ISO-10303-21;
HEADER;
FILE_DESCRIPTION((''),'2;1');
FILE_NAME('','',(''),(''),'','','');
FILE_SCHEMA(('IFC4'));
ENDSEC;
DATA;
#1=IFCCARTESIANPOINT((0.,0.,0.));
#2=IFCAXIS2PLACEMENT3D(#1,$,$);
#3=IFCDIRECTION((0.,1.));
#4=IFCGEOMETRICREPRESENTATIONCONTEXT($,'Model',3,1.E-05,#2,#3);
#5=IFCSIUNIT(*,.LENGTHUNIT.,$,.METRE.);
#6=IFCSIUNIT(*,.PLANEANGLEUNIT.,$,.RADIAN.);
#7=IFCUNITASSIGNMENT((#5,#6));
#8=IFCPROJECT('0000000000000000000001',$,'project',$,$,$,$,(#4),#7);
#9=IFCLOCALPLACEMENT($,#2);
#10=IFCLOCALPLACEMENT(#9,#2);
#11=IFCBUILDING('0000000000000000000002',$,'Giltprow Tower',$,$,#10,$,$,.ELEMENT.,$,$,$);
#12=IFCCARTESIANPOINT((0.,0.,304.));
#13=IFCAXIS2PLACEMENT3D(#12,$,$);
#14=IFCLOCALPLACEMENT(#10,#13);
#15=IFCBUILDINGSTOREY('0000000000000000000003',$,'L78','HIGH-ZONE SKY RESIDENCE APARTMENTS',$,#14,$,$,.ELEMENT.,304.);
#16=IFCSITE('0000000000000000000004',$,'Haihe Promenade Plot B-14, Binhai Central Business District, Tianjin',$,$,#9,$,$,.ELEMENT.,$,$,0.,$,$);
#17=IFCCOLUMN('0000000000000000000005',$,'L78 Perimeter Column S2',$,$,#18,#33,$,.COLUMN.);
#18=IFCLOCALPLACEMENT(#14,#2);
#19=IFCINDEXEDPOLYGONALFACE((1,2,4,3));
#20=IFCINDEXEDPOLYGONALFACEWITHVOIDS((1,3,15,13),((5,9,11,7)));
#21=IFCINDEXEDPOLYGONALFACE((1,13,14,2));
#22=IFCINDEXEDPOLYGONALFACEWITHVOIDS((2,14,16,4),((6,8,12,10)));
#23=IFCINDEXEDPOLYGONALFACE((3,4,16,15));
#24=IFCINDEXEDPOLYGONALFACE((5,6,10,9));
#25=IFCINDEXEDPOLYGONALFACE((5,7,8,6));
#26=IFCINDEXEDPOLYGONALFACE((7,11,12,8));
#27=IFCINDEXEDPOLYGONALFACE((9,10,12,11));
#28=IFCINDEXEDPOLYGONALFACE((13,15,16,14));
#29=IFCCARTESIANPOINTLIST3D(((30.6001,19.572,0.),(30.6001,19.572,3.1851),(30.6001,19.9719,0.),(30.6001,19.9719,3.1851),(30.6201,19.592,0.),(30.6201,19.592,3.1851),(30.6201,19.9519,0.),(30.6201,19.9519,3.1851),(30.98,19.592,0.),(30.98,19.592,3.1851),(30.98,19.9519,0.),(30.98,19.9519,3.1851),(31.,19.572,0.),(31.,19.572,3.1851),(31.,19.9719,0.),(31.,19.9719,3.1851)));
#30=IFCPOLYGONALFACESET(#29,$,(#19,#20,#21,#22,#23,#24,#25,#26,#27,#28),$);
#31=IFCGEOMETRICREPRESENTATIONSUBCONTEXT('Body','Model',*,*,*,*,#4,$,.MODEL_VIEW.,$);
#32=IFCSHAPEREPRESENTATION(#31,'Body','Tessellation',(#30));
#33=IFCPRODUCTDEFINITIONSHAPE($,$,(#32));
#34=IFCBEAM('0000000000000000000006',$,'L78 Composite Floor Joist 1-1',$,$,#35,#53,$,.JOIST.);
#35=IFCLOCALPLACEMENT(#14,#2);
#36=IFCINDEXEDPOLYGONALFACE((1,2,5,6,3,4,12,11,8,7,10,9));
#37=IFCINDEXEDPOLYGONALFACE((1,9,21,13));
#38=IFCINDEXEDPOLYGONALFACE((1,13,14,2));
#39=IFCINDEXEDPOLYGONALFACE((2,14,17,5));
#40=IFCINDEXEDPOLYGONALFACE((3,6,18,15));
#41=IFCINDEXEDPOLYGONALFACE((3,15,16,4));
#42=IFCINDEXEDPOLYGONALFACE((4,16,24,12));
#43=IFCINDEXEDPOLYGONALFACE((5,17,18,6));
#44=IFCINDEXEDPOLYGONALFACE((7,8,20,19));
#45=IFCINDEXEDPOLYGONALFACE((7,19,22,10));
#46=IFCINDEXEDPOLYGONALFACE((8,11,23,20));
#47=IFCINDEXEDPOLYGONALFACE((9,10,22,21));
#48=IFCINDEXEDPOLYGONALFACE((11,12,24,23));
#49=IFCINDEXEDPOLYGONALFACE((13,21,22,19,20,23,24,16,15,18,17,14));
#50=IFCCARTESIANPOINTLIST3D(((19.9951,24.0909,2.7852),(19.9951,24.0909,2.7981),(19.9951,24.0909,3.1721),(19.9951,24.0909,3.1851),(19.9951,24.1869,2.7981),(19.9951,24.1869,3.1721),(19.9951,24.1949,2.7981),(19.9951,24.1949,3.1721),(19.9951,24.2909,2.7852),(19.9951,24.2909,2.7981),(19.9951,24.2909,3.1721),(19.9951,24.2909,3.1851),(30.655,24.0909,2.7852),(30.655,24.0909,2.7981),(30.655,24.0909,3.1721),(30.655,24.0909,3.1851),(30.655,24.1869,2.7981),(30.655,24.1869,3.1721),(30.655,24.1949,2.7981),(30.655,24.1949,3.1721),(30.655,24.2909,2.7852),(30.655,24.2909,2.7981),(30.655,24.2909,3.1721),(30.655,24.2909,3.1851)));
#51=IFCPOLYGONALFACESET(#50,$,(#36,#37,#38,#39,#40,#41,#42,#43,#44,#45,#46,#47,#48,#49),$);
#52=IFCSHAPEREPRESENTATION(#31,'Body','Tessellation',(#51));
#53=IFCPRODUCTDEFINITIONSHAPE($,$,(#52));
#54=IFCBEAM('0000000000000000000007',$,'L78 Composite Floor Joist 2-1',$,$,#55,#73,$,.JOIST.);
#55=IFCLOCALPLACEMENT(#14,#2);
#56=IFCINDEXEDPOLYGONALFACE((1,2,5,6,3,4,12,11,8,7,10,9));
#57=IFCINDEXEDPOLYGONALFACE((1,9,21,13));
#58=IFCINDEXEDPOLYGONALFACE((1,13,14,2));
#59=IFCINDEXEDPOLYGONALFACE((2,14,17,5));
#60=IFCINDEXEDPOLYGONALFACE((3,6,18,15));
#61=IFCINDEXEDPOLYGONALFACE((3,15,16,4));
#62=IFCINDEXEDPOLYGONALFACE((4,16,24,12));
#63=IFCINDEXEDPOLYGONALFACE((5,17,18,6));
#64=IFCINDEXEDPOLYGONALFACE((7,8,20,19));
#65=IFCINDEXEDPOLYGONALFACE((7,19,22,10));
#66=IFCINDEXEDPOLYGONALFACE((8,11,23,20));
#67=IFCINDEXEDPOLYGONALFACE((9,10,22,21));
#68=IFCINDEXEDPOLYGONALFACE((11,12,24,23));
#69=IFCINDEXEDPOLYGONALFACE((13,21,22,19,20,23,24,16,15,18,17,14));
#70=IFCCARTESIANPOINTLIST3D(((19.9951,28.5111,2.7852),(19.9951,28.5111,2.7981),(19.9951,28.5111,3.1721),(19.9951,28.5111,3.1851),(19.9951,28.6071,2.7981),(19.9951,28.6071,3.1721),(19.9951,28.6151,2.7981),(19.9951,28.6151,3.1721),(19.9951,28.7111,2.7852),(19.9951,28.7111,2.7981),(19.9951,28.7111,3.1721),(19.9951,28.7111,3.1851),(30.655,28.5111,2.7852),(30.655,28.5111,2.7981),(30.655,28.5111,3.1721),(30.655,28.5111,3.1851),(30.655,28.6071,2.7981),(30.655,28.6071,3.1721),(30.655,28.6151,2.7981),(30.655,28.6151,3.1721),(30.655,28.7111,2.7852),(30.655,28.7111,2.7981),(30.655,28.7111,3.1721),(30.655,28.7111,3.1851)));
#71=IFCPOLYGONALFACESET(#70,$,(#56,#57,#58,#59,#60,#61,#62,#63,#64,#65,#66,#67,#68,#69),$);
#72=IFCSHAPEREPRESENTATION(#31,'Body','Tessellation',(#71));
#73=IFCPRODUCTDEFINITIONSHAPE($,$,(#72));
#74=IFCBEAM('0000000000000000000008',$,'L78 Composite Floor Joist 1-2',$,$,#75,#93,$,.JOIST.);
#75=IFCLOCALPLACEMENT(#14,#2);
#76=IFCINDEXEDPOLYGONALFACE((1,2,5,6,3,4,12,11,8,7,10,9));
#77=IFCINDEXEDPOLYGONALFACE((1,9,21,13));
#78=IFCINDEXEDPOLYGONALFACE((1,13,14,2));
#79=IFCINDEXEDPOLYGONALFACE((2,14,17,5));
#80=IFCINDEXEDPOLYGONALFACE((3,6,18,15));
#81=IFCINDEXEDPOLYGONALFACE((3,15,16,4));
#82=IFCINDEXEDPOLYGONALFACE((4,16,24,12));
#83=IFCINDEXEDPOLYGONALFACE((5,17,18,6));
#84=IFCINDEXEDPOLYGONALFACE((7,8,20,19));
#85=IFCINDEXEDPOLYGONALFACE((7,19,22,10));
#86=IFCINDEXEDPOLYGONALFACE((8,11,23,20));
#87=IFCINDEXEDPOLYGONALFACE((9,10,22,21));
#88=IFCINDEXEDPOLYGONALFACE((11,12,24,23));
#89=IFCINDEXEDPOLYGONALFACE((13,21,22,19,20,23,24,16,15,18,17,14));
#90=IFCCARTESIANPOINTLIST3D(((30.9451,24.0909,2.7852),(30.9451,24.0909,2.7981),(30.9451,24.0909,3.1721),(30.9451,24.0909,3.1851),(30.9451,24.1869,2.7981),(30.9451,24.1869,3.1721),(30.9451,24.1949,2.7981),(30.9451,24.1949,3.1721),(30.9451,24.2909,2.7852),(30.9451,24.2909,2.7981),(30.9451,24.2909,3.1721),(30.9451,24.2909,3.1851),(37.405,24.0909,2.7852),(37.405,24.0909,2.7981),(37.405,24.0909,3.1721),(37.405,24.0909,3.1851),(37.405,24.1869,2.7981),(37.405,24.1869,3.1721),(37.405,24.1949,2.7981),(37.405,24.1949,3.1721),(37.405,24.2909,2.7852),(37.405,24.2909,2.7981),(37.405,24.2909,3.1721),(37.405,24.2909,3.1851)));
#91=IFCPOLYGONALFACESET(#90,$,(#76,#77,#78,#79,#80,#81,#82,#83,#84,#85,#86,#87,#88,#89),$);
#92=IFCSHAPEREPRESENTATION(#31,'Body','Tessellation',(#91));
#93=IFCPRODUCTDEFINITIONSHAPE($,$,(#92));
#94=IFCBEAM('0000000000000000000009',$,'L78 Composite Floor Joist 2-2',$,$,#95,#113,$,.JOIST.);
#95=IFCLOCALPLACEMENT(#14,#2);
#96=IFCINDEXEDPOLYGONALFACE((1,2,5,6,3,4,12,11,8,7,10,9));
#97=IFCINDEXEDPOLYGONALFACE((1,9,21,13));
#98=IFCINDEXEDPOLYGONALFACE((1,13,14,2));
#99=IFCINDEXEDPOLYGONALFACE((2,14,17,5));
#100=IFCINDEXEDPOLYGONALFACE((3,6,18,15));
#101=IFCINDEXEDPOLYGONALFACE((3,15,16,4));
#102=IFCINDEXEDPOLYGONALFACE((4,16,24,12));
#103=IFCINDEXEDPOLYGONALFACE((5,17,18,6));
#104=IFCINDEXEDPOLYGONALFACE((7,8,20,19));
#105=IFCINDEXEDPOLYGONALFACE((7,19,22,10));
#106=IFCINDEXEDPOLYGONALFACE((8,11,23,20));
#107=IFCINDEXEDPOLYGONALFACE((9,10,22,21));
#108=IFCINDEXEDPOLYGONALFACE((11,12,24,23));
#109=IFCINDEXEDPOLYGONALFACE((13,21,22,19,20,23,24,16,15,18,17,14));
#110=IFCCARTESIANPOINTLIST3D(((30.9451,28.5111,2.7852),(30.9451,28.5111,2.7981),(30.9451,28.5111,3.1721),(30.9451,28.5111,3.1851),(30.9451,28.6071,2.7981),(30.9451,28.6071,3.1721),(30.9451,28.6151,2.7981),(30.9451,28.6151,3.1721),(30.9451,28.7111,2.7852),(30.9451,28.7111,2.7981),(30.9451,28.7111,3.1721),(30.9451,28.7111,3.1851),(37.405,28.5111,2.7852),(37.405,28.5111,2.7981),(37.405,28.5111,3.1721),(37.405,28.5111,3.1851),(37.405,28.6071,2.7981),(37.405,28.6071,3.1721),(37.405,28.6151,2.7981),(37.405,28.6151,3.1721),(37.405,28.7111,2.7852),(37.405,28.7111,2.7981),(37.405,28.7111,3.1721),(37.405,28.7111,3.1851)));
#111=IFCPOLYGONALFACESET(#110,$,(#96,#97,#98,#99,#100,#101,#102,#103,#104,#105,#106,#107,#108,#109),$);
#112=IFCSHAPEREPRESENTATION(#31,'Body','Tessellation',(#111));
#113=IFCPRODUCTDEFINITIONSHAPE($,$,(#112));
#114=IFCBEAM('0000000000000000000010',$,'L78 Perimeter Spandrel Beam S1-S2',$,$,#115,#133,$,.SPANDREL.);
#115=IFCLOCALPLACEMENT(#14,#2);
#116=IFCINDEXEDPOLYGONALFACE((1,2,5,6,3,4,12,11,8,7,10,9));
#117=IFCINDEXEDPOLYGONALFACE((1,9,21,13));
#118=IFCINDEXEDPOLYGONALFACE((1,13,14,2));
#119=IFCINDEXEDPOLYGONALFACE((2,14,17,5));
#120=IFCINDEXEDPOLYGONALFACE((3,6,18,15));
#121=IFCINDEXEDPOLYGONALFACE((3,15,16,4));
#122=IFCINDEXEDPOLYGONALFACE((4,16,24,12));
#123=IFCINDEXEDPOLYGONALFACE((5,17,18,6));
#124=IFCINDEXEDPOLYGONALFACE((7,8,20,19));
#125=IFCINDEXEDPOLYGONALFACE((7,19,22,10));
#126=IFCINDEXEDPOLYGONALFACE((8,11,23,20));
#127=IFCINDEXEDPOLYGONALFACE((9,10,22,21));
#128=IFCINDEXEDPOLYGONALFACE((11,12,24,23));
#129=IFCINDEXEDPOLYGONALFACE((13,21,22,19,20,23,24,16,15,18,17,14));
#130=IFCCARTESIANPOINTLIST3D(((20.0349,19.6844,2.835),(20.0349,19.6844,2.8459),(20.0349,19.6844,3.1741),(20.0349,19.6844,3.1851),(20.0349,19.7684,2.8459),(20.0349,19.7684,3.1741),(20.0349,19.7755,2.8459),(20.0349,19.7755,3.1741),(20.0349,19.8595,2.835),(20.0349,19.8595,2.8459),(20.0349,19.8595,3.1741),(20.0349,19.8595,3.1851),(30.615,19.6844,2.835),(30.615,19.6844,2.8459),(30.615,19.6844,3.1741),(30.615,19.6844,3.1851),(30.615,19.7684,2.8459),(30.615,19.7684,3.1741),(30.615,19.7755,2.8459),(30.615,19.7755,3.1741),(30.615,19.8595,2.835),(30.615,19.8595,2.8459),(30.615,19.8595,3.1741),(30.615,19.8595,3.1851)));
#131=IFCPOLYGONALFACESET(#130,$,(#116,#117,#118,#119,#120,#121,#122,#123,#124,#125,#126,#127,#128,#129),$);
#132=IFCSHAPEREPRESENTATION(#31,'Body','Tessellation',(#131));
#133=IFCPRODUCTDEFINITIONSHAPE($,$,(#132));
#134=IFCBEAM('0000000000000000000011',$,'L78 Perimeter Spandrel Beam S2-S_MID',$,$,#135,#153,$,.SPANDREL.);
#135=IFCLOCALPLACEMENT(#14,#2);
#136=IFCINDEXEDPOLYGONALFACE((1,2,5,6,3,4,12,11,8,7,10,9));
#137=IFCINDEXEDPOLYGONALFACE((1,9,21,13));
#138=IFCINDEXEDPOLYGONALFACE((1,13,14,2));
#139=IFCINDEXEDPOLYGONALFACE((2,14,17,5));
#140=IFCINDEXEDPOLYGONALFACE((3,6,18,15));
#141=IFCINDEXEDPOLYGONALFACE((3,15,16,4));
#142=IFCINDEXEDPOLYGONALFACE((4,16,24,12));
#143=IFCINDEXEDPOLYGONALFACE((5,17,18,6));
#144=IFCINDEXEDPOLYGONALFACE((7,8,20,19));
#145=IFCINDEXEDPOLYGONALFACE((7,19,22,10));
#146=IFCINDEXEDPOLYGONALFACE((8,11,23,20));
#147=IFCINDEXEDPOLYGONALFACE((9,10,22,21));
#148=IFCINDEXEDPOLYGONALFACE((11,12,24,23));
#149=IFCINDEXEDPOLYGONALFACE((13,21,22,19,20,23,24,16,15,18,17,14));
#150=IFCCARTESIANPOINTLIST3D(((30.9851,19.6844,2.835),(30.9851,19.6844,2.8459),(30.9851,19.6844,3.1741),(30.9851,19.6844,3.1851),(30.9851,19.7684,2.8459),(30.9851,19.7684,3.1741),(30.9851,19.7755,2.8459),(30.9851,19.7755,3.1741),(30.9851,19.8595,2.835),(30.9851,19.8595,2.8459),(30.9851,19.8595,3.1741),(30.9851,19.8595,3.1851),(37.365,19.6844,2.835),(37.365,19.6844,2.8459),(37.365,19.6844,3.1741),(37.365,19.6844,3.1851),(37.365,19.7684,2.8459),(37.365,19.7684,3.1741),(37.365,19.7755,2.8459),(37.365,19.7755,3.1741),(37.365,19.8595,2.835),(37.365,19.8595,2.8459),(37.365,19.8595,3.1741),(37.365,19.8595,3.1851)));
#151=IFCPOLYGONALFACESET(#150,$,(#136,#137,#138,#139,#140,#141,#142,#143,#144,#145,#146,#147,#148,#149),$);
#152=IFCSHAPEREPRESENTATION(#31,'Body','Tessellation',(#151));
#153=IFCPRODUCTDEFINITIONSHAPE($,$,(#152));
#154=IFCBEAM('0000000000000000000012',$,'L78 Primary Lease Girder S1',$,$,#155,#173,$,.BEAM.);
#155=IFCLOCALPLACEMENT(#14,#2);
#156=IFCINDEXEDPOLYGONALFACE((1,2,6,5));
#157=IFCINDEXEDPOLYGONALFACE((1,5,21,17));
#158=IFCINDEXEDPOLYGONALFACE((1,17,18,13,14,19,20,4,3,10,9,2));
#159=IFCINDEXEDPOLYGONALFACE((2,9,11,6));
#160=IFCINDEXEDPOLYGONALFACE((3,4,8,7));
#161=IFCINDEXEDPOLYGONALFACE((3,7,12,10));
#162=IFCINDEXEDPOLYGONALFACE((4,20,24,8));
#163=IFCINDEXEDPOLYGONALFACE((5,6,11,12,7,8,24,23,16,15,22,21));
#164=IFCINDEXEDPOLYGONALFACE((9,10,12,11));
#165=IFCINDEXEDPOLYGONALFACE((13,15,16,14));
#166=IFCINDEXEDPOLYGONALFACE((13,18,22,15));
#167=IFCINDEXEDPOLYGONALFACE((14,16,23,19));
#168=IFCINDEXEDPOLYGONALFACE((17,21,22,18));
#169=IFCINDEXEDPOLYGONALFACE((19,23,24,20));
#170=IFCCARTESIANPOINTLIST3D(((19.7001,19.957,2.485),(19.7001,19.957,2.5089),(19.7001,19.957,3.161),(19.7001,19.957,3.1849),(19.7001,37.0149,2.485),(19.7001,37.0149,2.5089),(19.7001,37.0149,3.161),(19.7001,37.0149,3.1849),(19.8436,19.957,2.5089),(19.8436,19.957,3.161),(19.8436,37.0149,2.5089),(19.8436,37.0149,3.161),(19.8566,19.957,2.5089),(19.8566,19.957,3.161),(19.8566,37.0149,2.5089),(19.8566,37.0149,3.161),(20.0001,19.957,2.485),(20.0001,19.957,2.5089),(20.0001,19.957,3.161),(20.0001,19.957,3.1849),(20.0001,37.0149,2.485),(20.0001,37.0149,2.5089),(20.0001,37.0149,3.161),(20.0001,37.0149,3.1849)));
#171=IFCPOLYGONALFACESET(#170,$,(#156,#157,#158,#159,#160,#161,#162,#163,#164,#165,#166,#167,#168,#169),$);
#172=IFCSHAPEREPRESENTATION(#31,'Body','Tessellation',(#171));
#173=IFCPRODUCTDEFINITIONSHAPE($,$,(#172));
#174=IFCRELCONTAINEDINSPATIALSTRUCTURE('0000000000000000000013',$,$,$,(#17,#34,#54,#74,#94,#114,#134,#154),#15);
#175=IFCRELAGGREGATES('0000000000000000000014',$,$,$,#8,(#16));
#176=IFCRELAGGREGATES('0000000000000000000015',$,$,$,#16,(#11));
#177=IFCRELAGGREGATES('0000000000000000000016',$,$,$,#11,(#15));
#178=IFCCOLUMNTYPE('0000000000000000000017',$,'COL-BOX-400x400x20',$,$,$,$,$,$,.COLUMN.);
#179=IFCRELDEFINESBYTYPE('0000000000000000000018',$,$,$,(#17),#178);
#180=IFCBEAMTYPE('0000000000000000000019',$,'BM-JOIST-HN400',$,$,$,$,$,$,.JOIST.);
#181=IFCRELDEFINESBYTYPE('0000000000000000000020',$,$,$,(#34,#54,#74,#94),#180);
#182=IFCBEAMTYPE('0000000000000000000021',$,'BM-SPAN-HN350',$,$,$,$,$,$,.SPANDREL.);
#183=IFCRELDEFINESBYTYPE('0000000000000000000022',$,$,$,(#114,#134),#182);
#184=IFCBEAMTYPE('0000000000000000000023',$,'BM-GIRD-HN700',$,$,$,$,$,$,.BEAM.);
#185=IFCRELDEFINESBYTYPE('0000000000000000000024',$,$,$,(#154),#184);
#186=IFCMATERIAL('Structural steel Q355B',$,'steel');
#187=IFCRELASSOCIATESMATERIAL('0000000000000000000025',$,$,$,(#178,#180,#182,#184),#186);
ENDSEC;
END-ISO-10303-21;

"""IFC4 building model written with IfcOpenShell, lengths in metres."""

from ifc_helpers import new_model, si_unit, direction, frame, origin, origin_2d, place, context, subcontext, project, spatial, hollow_rectangle, i_section, extrude, source, transform, mapped, material, material_profile, profile_set, type_object, element, save


model = new_model("IFC4")

# Units and contexts
model_context = context("Model", 3, precision=1e-05, world=origin(), true_north=direction((0.0, 1.0)))
body_context = subcontext(model_context, "Body", "Model", "MODEL_VIEW")
ifc_project = project(units=[si_unit("LENGTHUNIT", "METRE"), si_unit("PLANEANGLEUNIT", "RADIAN")], contexts=[model_context])

# Site, building, storey
site_placement = place(None, origin())
site = spatial("IfcSite", under=ifc_project, at=site_placement, Name="Haihe Promenade Plot B-14, Binhai Central Business District, Tianjin", CompositionType="ELEMENT", RefElevation=0.0)
building_placement = place(site_placement, origin())
building = spatial("IfcBuilding", under=site, at=building_placement, Name="Giltprow Tower", CompositionType="ELEMENT")
storey_placement = place(building_placement, frame((0.0, 0.0, 304.0)))
storey = spatial("IfcBuildingStorey", under=building, at=storey_placement, Name="L78", Description="HIGH-ZONE SKY RESIDENCE APARTMENTS", CompositionType="ELEMENT", Elevation=304.0)

# Column
ifc_material_1 = material(Name="Structural steel Q355B", Category="steel")
ifc_material_profile_1 = material_profile(ifc_material_1, hollow_rectangle(XDim=0.3999, YDim=0.3999, WallThickness=0.02, at=origin_2d()), Name="BOX 400x400x20")
ifc_profile_set_1 = profile_set([ifc_material_profile_1], Name="Structural steel Q355B")
column_type = type_object("IfcColumnType", Name="COL-BOX-400x400x20", PredefinedType="COLUMN", material=ifc_profile_set_1)
shared_shape_1 = source(origin(), body_context, "Body", "SweptSolid", [
    extrude(hollow_rectangle(XDim=0.3999, YDim=0.3999, WallThickness=0.02, at=origin_2d()), origin(), (0.0, 0.0, 1.0), 3.1851),
])
column_placement = place(storey_placement, frame((30.8, 19.772, 0.0), z_axis=(0.0, 0.0, 1.0), x_axis=(1.0, 0.0, 0.0)))
element("IfcColumn", 1, at=column_placement, inside=storey, type_object=column_type, Name="L78 Perimeter Column S2", PredefinedType="COLUMN", context=body_context, shape_type="MappedRepresentation", body=[
    mapped(shared_shape_1, transform((0.0, 0.0, 0.0), x_axis=(1.0, 0.0, 0.0), y_axis=(0.0, 1.0, 0.0), z_axis=(0.0, 0.0, 1.0), scale=1.0)),
])

# Beams
ifc_material_profile_2 = material_profile(ifc_material_1, i_section(OverallWidth=0.2, OverallDepth=0.3999, WebThickness=0.0081, FlangeThickness=0.0129, at=origin_2d()), Name="HN 400x200x8x13")
ifc_profile_set_2 = profile_set([ifc_material_profile_2], Name="Structural steel Q355B")
beam_type_1 = type_object("IfcBeamType", Name="BM-JOIST-HN400", PredefinedType="JOIST", material=ifc_profile_set_2)
shared_shape_2 = source(origin(), body_context, "Body", "SweptSolid", [
    extrude(i_section(OverallWidth=0.2, OverallDepth=0.3999, WebThickness=0.0081, FlangeThickness=0.0129, at=origin_2d()), origin(), (0.0, 0.0, 1.0), 10.6599),
])
for number, where, z_axis, x_axis, name in (
    (2, (19.9951, 24.1909, 2.9851), (1.0, 0.0, 0.0), (0.0, 1.0, 0.0), "L78 Composite Floor Joist 1-1"),
    (3, (19.9951, 28.6111, 2.9851), (1.0, 0.0, 0.0), (0.0, 1.0, 0.0), "L78 Composite Floor Joist 2-1"),
):
    element("IfcBeam", number, at=place(storey_placement, frame(where, z_axis=z_axis, x_axis=x_axis)), inside=storey, type_object=beam_type_1, Name=name, PredefinedType="JOIST", context=body_context, shape_type="MappedRepresentation", body=[
        mapped(shared_shape_2, transform((0.0, 0.0, 0.0), x_axis=(1.0, 0.0, 0.0), y_axis=(0.0, 1.0, 0.0), z_axis=(0.0, 0.0, 1.0), scale=1.0)),
    ])
shared_shape_3 = source(origin(), body_context, "Body", "SweptSolid", [
    extrude(i_section(OverallWidth=0.2, OverallDepth=0.3999, WebThickness=0.0081, FlangeThickness=0.0129, at=origin_2d()), origin(), (0.0, 0.0, 1.0), 6.46),
])
for number, where, z_axis, x_axis, name in (
    (4, (30.9451, 24.1909, 2.9851), (1.0, 0.0, 0.0), (0.0, 1.0, 0.0), "L78 Composite Floor Joist 1-2"),
    (5, (30.9451, 28.6111, 2.9851), (1.0, 0.0, 0.0), (0.0, 1.0, 0.0), "L78 Composite Floor Joist 2-2"),
):
    element("IfcBeam", number, at=place(storey_placement, frame(where, z_axis=z_axis, x_axis=x_axis)), inside=storey, type_object=beam_type_1, Name=name, PredefinedType="JOIST", context=body_context, shape_type="MappedRepresentation", body=[
        mapped(shared_shape_3, transform((0.0, 0.0, 0.0), x_axis=(1.0, 0.0, 0.0), y_axis=(0.0, 1.0, 0.0), z_axis=(0.0, 0.0, 1.0), scale=1.0)),
    ])
ifc_material_profile_3 = material_profile(ifc_material_1, i_section(OverallWidth=0.175, OverallDepth=0.3501, WebThickness=0.0071, FlangeThickness=0.011, at=origin_2d()), Name="HN 350x175x7x11")
ifc_profile_set_3 = profile_set([ifc_material_profile_3], Name="Structural steel Q355B")
beam_type_2 = type_object("IfcBeamType", Name="BM-SPAN-HN350", PredefinedType="SPANDREL", material=ifc_profile_set_3)
shared_shape_4 = source(origin(), body_context, "Body", "SweptSolid", [
    extrude(i_section(OverallWidth=0.175, OverallDepth=0.3501, WebThickness=0.0071, FlangeThickness=0.011, at=origin_2d()), origin(), (0.0, 0.0, 1.0), 10.5801),
])
beam_1_placement = place(storey_placement, frame((20.0349, 19.772, 3.01), z_axis=(1.0, 0.0, 0.0), x_axis=(0.0, 1.0, 0.0)))
element("IfcBeam", 6, at=beam_1_placement, inside=storey, type_object=beam_type_2, Name="L78 Perimeter Spandrel Beam S1-S2", PredefinedType="SPANDREL", context=body_context, shape_type="MappedRepresentation", body=[
    mapped(shared_shape_4, transform((0.0, 0.0, 0.0), x_axis=(1.0, 0.0, 0.0), y_axis=(0.0, 1.0, 0.0), z_axis=(0.0, 0.0, 1.0), scale=1.0)),
])
shared_shape_5 = source(origin(), body_context, "Body", "SweptSolid", [
    extrude(i_section(OverallWidth=0.175, OverallDepth=0.3501, WebThickness=0.0071, FlangeThickness=0.011, at=origin_2d()), origin(), (0.0, 0.0, 1.0), 6.3799),
])
beam_2_placement = place(storey_placement, frame((30.9851, 19.772, 3.01), z_axis=(1.0, 0.0, 0.0), x_axis=(0.0, 1.0, 0.0)))
element("IfcBeam", 7, at=beam_2_placement, inside=storey, type_object=beam_type_2, Name="L78 Perimeter Spandrel Beam S2-S_MID", PredefinedType="SPANDREL", context=body_context, shape_type="MappedRepresentation", body=[
    mapped(shared_shape_5, transform((0.0, 0.0, 0.0), x_axis=(1.0, 0.0, 0.0), y_axis=(0.0, 1.0, 0.0), z_axis=(0.0, 0.0, 1.0), scale=1.0)),
])
ifc_material_profile_4 = material_profile(ifc_material_1, i_section(OverallWidth=0.3, OverallDepth=0.7, WebThickness=0.0129, FlangeThickness=0.0239, at=origin_2d()), Name="HN 700x300x13x24")
ifc_profile_set_4 = profile_set([ifc_material_profile_4], Name="Structural steel Q355B")
beam_type_3 = type_object("IfcBeamType", Name="BM-GIRD-HN700", PredefinedType="BEAM", material=ifc_profile_set_4)
shared_shape_6 = source(origin(), body_context, "Body", "SweptSolid", [
    extrude(i_section(OverallWidth=0.3, OverallDepth=0.7, WebThickness=0.0129, FlangeThickness=0.0239, at=origin_2d()), origin(), (0.0, 0.0, 1.0), 17.0579),
])
for number, where, z_axis, x_axis, name in (
    (8, (19.8501, 19.957, 2.835), (0.0, 1.0, 0.0), (-1.0, 0.0, 0.0), "L78 Primary Lease Girder S1"),
):
    element("IfcBeam", number, at=place(storey_placement, frame(where, z_axis=z_axis, x_axis=x_axis)), inside=storey, type_object=beam_type_3, Name=name, PredefinedType="BEAM", context=body_context, shape_type="MappedRepresentation", body=[
        mapped(shared_shape_6, transform((0.0, 0.0, 0.0), x_axis=(1.0, 0.0, 0.0), y_axis=(0.0, 1.0, 0.0), z_axis=(0.0, 0.0, 1.0), scale=1.0)),
    ])

save(model, "model.ifc")
